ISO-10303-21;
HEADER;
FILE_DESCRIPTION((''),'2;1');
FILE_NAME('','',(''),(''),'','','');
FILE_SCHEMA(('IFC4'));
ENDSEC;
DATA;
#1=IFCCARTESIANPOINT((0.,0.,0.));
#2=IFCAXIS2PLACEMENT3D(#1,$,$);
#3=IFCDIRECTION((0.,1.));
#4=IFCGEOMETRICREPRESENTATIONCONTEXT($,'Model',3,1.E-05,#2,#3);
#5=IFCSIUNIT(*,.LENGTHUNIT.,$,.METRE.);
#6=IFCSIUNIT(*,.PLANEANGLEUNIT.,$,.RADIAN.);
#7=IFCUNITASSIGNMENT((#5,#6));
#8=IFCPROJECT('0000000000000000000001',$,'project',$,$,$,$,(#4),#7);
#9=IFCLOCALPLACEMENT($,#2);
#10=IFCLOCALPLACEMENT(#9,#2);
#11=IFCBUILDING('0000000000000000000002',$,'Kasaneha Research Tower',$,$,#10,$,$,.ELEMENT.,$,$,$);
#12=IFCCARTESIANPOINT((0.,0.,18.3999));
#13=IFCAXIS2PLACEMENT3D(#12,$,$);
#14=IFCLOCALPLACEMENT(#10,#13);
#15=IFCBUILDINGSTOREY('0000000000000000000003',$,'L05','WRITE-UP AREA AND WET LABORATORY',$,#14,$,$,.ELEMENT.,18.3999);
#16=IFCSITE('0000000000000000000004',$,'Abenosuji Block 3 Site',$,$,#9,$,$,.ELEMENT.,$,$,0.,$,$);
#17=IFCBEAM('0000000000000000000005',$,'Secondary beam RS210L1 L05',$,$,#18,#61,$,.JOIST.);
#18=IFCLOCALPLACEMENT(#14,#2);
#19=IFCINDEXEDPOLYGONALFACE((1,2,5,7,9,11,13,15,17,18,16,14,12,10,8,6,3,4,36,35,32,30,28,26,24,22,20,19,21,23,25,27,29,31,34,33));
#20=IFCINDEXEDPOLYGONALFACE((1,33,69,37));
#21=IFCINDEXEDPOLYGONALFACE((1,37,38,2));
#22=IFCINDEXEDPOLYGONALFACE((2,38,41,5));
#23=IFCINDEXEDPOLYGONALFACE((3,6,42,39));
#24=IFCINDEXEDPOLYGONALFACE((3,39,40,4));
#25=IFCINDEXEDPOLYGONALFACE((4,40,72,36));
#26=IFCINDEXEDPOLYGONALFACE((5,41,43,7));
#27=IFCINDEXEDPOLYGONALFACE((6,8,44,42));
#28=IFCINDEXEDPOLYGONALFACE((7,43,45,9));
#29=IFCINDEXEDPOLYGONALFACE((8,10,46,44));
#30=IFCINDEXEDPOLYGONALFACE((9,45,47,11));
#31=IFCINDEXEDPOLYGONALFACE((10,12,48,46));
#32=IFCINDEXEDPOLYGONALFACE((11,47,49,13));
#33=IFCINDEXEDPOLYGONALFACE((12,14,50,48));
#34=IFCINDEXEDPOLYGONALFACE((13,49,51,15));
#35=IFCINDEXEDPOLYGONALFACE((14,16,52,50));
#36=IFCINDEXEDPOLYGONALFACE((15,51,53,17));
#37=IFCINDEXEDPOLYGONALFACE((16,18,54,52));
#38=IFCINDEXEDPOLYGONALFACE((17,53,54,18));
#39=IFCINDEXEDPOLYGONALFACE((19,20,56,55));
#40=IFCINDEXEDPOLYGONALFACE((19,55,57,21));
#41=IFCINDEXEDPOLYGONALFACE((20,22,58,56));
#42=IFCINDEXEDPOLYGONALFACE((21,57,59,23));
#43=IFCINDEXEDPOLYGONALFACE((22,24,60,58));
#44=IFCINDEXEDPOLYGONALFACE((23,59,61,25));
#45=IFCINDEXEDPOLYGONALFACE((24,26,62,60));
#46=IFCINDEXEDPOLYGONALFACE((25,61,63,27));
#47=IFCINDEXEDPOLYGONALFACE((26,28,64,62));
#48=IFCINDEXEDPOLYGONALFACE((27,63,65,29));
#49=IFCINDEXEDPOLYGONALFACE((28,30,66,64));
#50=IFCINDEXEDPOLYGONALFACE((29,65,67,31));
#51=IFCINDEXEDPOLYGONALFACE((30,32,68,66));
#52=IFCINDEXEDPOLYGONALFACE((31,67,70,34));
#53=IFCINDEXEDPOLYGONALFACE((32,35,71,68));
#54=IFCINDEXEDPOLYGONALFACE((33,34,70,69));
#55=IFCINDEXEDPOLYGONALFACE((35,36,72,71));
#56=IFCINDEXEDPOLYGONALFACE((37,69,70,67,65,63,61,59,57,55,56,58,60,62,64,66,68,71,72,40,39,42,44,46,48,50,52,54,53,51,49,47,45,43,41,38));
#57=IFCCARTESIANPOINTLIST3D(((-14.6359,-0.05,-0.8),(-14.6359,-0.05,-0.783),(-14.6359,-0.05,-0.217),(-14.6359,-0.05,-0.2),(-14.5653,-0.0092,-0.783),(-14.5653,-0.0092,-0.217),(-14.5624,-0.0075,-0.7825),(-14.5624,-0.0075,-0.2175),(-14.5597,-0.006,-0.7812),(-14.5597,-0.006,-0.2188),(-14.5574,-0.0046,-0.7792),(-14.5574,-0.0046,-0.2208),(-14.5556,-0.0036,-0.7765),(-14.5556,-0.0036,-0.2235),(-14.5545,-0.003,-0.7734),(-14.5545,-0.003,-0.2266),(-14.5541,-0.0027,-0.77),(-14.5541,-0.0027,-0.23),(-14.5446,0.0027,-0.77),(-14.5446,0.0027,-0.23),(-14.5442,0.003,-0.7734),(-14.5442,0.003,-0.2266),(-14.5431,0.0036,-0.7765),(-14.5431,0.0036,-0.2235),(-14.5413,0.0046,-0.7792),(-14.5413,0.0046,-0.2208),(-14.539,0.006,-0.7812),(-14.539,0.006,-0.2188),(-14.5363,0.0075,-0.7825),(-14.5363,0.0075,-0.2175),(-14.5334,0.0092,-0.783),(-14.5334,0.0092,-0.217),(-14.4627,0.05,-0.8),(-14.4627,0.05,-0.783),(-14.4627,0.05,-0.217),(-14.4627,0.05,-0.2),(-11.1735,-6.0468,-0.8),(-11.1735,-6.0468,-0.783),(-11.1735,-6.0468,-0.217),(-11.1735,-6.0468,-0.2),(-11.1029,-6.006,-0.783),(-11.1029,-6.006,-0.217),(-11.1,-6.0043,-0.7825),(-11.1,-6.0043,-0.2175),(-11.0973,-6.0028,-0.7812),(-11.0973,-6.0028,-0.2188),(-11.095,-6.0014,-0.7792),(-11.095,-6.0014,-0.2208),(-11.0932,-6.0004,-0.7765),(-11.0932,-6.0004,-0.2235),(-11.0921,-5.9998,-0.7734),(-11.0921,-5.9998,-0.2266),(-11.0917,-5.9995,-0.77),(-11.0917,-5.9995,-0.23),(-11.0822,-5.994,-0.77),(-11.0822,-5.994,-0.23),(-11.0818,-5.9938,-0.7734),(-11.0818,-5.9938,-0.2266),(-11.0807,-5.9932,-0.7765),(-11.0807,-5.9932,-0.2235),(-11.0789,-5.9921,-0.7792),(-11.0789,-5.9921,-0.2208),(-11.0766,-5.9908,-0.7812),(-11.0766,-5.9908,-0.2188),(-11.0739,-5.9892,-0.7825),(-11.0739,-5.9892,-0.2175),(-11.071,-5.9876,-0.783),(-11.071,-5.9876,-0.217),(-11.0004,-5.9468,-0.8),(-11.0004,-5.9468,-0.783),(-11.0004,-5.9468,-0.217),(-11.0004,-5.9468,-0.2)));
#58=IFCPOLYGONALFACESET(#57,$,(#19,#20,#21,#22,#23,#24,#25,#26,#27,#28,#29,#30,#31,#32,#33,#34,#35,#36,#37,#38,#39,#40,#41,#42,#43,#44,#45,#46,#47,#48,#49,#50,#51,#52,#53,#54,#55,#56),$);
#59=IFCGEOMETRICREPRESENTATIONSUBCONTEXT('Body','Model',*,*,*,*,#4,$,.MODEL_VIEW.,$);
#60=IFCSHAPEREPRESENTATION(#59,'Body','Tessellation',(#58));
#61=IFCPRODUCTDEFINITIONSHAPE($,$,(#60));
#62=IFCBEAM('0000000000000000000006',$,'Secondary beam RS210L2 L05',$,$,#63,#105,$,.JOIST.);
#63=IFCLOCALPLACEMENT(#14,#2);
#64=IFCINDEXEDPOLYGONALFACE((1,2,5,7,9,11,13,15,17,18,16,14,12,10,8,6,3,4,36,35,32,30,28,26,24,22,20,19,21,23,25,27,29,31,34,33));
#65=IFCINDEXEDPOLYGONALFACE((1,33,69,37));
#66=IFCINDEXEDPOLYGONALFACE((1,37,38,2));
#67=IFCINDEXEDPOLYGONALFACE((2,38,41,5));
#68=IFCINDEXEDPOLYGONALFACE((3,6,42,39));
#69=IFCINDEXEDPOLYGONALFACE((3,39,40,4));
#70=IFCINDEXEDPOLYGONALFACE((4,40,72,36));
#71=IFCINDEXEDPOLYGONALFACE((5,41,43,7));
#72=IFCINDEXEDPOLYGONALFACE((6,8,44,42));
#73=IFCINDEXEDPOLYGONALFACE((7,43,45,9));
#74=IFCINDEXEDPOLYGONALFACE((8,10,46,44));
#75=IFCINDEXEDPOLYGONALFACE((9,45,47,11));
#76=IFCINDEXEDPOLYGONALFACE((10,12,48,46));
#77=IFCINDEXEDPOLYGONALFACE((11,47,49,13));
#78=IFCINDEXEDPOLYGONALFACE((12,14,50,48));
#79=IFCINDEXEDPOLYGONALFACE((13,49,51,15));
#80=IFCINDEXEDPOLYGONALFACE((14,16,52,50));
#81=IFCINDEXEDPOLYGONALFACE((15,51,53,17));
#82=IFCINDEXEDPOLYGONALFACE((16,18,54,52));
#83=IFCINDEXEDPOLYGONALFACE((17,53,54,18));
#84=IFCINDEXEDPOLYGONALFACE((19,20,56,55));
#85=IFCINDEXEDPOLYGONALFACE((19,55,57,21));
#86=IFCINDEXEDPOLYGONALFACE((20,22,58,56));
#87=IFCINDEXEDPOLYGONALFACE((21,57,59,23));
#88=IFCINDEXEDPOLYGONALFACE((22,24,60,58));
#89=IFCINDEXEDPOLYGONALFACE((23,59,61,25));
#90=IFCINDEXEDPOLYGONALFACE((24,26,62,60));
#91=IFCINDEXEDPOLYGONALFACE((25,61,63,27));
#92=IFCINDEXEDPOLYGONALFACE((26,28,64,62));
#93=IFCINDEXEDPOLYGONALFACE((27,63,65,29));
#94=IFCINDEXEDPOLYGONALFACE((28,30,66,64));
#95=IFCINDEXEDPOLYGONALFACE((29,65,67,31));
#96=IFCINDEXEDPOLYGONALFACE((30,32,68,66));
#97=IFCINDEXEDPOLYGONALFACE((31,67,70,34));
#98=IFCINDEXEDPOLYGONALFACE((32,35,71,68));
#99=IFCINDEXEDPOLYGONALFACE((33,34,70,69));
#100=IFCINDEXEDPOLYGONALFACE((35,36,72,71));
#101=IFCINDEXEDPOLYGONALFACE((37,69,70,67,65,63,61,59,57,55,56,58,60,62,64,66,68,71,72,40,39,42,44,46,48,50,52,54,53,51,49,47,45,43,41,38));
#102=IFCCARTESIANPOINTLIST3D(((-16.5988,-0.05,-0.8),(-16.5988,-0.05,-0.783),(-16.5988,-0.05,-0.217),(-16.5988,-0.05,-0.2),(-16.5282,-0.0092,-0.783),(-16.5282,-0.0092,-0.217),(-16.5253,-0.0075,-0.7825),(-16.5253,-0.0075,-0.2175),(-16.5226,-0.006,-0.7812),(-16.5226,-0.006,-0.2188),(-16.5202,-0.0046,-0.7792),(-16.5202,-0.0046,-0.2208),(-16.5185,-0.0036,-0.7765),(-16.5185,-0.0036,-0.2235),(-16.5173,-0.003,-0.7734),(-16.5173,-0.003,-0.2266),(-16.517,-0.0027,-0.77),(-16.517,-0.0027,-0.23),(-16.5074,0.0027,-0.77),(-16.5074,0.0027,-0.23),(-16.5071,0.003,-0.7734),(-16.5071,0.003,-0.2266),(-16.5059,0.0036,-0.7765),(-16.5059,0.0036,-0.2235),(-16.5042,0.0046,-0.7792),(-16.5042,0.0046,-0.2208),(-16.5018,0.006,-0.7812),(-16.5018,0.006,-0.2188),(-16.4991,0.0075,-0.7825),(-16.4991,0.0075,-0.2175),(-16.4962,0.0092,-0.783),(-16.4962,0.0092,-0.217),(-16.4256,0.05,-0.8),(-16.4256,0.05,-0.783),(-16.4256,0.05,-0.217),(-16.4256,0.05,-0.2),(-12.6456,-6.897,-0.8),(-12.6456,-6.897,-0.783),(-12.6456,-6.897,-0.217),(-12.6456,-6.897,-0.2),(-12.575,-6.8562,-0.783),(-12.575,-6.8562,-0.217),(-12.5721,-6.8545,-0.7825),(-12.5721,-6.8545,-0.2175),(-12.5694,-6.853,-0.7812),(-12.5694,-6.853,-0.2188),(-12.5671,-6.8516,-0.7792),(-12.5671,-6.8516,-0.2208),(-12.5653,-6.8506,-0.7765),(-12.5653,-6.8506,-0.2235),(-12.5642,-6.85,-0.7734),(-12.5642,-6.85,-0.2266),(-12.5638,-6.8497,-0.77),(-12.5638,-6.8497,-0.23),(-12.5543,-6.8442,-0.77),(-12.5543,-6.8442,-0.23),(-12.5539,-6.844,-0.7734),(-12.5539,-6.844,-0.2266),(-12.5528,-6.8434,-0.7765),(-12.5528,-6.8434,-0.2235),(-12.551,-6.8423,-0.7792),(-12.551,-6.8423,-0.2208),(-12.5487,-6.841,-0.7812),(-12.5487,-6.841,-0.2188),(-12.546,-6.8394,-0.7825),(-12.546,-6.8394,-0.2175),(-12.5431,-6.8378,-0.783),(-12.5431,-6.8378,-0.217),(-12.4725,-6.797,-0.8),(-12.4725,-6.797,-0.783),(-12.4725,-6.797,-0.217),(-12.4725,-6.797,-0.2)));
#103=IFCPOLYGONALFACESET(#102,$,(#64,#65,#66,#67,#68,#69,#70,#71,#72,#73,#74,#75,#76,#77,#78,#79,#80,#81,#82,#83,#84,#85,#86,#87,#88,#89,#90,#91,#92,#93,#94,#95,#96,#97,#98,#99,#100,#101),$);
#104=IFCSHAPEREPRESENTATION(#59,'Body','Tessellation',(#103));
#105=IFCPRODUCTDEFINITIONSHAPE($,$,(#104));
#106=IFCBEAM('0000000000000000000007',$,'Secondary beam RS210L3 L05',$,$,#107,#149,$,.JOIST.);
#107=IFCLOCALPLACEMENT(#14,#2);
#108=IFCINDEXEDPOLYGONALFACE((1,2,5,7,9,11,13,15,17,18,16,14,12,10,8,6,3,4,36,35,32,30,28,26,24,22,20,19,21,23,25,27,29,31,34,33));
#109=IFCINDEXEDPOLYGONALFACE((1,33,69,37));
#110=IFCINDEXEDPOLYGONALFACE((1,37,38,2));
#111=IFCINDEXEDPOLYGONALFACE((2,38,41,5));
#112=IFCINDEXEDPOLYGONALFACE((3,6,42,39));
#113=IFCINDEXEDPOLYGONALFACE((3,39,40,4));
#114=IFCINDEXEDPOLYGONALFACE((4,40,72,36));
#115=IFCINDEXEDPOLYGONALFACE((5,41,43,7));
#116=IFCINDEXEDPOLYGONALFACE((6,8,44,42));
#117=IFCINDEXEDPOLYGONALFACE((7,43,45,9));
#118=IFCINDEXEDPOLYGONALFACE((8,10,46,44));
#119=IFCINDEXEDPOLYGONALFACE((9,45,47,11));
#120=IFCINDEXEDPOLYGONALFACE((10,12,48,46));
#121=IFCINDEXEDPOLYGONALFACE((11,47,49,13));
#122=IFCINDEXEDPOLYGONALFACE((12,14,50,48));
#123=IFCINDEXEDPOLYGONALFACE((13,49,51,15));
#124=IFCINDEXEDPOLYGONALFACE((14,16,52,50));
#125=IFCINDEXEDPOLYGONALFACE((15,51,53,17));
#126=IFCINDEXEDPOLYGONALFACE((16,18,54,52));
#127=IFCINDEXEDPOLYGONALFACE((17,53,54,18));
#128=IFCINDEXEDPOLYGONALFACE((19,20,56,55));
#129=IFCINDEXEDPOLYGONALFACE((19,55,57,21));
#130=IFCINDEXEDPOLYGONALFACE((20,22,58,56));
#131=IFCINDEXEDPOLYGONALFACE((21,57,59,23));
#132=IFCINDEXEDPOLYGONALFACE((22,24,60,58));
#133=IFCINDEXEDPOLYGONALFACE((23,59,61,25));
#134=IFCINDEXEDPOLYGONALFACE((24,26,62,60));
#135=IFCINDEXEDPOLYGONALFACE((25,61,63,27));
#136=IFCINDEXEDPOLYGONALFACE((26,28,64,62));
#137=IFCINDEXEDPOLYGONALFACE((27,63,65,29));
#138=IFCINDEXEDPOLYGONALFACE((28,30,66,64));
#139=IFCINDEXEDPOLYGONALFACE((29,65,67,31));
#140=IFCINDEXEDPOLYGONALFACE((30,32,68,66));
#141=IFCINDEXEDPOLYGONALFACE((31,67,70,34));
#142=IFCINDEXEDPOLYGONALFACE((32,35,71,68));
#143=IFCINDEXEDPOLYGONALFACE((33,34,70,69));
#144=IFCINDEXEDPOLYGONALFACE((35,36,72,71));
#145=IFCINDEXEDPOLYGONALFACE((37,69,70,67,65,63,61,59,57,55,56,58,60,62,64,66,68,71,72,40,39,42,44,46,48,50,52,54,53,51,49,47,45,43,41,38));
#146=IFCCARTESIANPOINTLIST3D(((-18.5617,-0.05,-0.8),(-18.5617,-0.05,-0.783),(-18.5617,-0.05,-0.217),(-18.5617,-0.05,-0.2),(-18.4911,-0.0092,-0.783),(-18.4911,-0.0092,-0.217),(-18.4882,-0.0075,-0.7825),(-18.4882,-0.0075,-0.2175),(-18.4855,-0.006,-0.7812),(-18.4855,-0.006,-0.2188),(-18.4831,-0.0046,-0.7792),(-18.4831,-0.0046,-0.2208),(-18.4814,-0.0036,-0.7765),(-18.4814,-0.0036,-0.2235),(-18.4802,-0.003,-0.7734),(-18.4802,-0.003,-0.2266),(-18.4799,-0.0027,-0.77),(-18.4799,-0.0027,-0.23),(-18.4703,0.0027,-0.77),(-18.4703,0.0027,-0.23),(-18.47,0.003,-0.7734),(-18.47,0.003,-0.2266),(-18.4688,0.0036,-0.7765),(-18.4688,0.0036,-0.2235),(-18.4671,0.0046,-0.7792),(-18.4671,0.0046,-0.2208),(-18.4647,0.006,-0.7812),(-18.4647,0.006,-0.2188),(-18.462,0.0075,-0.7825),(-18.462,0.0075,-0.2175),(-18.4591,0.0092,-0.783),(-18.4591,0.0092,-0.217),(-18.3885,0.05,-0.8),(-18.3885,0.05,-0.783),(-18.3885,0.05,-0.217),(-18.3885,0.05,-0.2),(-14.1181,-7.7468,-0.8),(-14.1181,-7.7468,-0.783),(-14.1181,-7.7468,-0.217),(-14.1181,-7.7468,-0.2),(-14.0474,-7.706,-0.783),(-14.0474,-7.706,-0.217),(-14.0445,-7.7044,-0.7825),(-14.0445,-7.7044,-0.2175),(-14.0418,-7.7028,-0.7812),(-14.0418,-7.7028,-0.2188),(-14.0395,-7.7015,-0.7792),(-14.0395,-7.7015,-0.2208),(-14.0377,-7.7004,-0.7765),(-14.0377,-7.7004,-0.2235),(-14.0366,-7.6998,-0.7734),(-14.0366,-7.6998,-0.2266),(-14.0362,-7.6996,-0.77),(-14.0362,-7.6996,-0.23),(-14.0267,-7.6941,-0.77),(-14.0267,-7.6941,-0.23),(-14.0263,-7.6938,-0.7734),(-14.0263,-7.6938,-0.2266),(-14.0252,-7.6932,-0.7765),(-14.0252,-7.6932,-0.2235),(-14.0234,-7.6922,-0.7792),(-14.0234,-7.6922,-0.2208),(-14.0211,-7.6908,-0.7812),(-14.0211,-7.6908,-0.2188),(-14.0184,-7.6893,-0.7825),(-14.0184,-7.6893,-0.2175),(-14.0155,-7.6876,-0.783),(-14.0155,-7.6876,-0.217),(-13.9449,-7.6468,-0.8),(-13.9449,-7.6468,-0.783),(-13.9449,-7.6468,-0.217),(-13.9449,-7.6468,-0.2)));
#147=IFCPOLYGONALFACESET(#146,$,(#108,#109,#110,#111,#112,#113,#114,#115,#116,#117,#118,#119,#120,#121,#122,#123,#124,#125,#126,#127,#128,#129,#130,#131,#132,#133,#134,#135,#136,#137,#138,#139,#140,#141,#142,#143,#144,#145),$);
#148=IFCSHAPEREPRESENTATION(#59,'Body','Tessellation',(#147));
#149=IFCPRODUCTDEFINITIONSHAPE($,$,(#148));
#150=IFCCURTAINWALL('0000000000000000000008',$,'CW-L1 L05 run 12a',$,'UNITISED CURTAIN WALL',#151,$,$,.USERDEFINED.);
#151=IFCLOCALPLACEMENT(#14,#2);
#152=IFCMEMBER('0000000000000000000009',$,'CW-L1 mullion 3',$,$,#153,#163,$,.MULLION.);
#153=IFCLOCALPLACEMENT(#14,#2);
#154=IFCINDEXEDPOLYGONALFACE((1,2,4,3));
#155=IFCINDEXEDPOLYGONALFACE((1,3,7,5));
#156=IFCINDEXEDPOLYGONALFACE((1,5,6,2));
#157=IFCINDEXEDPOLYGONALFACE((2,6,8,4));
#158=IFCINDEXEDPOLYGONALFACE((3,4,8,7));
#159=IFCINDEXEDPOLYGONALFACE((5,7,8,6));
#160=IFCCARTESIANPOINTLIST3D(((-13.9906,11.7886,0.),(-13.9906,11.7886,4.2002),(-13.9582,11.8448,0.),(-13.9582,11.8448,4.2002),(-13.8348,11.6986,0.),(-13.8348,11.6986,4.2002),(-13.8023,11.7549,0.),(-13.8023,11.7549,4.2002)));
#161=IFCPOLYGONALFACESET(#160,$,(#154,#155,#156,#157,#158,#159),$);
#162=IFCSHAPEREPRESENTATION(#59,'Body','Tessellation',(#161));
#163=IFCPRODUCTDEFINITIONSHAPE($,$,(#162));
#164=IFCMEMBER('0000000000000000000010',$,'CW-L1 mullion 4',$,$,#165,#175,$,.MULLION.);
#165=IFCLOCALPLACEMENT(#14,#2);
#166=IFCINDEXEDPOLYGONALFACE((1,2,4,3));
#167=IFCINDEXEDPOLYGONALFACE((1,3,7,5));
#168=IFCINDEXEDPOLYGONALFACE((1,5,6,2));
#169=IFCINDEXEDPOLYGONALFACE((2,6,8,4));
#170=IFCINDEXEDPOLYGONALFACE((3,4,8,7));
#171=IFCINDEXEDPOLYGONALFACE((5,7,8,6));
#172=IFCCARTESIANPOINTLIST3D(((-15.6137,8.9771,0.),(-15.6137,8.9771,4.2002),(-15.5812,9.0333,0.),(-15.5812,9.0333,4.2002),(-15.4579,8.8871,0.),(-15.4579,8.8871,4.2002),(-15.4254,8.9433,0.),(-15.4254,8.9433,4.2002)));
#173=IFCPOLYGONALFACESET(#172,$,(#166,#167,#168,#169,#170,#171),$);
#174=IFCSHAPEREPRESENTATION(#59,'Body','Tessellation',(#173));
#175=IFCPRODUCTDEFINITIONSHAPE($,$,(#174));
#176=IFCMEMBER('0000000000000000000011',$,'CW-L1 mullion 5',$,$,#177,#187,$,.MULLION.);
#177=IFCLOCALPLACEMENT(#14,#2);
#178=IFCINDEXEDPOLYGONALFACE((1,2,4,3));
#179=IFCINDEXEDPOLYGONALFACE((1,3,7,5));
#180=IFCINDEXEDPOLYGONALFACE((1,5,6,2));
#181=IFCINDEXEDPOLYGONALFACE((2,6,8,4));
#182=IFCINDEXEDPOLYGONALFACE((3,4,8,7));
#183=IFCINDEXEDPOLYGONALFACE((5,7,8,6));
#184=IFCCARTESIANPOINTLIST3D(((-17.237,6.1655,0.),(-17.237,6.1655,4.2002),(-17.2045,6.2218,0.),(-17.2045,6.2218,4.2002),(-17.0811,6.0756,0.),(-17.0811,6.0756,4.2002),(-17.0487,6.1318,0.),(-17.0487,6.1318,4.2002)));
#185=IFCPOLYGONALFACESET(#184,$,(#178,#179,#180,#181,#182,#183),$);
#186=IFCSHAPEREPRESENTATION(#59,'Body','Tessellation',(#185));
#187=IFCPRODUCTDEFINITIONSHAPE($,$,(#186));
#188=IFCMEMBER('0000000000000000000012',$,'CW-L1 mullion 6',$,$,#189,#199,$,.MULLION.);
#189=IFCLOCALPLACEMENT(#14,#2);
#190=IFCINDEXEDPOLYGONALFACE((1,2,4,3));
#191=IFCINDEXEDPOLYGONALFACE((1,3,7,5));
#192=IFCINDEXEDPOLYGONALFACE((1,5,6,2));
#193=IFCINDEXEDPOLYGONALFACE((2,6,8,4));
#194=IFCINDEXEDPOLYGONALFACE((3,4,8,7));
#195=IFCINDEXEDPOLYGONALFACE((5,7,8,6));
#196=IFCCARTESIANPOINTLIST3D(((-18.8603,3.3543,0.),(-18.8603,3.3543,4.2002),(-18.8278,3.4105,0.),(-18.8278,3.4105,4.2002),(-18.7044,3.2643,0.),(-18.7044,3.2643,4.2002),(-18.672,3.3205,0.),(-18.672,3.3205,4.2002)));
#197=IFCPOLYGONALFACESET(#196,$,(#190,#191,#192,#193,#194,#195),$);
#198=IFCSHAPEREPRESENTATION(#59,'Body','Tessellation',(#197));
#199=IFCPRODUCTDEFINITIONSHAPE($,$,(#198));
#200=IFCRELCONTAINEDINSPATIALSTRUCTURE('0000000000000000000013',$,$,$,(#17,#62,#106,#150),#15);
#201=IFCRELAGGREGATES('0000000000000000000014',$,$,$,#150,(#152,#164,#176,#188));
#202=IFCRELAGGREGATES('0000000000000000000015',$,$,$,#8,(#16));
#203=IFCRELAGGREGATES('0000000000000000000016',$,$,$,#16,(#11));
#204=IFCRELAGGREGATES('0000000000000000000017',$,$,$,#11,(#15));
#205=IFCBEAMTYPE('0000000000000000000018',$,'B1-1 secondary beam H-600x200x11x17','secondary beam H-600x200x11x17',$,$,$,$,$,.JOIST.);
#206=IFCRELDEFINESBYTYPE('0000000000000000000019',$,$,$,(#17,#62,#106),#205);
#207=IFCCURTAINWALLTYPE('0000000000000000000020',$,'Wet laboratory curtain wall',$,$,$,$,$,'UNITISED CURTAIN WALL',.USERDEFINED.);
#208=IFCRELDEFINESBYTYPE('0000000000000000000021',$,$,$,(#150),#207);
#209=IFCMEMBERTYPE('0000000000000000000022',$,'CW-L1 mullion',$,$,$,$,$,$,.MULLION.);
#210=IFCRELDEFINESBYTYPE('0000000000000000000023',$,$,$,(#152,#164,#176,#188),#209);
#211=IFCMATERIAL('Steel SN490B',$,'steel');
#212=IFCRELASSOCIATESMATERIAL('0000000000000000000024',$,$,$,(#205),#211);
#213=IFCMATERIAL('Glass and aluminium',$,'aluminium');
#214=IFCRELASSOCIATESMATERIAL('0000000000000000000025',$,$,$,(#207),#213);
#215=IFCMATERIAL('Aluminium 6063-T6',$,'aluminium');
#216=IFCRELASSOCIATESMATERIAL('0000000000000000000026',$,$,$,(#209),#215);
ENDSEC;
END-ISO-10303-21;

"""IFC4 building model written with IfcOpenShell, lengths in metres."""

from ifc_helpers import new_model, si_unit, direction, frame, origin, origin_2d, place, context, subcontext, project, spatial, rectangle, i_section, extrude, material, material_profile, profile_set, type_object, element, aggregate, save


model = new_model("IFC4")

# Units and contexts
model_context = context("Model", 3, precision=1e-05, world=origin(), true_north=direction((0.0, 1.0)))
body_context = subcontext(model_context, "Body", "Model", "MODEL_VIEW")
ifc_project = project(units=[si_unit("LENGTHUNIT", "METRE"), si_unit("PLANEANGLEUNIT", "RADIAN")], contexts=[model_context])

# Site, building, storey
site_placement = place(None, origin())
site = spatial("IfcSite", under=ifc_project, at=site_placement, Name="Abenosuji Block 3 Site", CompositionType="ELEMENT", RefElevation=0.0)
building_placement = place(site_placement, origin())
building = spatial("IfcBuilding", under=site, at=building_placement, Name="Kasaneha Research Tower", CompositionType="ELEMENT")
storey_placement = place(building_placement, frame((0.0, 0.0, 18.3999)))
storey = spatial("IfcBuildingStorey", under=building, at=storey_placement, Name="L05", Description="WRITE-UP AREA AND WET LABORATORY", CompositionType="ELEMENT", Elevation=18.3999)

# Beams
ifc_material_1 = material(Name="Steel SN490B", Category="steel")
ifc_material_profile_1 = material_profile(ifc_material_1, i_section(OverallWidth=0.2, OverallDepth=0.6001, WebThickness=0.011, FlangeThickness=0.0171, FilletRadius=0.0129, at=origin_2d()), Name="H-600x200x11x17")
ifc_profile_set_1 = profile_set([ifc_material_profile_1], Name="Steel SN490B")
beam_type_1 = type_object("IfcBeamType", Name="B1-1 secondary beam H-600x200x11x17", Description="secondary beam H-600x200x11x17", PredefinedType="JOIST", material=ifc_profile_set_1)
beam_1_placement = place(storey_placement, frame((-14.5493, 0.0, -0.5), z_axis=(0.500014, -0.866017, 0.0), x_axis=(0.866017, 0.500014, 0.0)))
element("IfcBeam", 1, at=beam_1_placement, inside=storey, type_object=beam_type_1, Name="Secondary beam RS210L1 L05", PredefinedType="JOIST", context=body_context, shape_type="SweptSolid", body=[
    extrude(i_section(OverallWidth=0.2, OverallDepth=0.6001, WebThickness=0.011, FlangeThickness=0.0171, FilletRadius=0.0129, at=origin_2d()), origin(), (0.0, 0.0, 1.0), 6.9246),
])
beam_2_placement = place(storey_placement, frame((-16.5122, 0.0, -0.5), z_axis=(0.500005, -0.866023, 0.0), x_axis=(0.866023, 0.500005, 0.0)))
element("IfcBeam", 2, at=beam_2_placement, inside=storey, type_object=beam_type_1, Name="Secondary beam RS210L2 L05", PredefinedType="JOIST", context=body_context, shape_type="SweptSolid", body=[
    extrude(i_section(OverallWidth=0.2, OverallDepth=0.6001, WebThickness=0.011, FlangeThickness=0.0171, FilletRadius=0.0129, at=origin_2d()), origin(), (0.0, 0.0, 1.0), 7.9062),
])
beam_3_placement = place(storey_placement, frame((-18.4751, 0.0, -0.5), z_axis=(0.499989, -0.866032, 0.0), x_axis=(0.866032, 0.499989, 0.0)))
element("IfcBeam", 3, at=beam_3_placement, inside=storey, type_object=beam_type_1, Name="Secondary beam RS210L3 L05", PredefinedType="JOIST", context=body_context, shape_type="SweptSolid", body=[
    extrude(i_section(OverallWidth=0.2, OverallDepth=0.6001, WebThickness=0.011, FlangeThickness=0.0171, FilletRadius=0.0129, at=origin_2d()), origin(), (0.0, 0.0, 1.0), 8.8875),
])

# Curtain wall, members
ifc_material_2 = material(Name="Glass and aluminium", Category="aluminium")
curtain_wall_type = type_object("IfcCurtainWallType", Name="Wet laboratory curtain wall", ElementType="UNITISED CURTAIN WALL", PredefinedType="USERDEFINED", material=ifc_material_2)
curtain_wall_1_placement = place(storey_placement, origin())
curtain_wall_1 = element("IfcCurtainWall", 4, at=curtain_wall_1_placement, inside=storey, type_object=curtain_wall_type, Name="CW-L1 L05 run 12a", ObjectType="UNITISED CURTAIN WALL", PredefinedType="USERDEFINED")
ifc_material_3 = material(Name="Aluminium 6063-T6", Category="aluminium")
ifc_material_profile_2 = material_profile(ifc_material_3, rectangle(XDim=0.0649, YDim=0.1799, at=origin_2d()), Name="CW-L1 mullion 65x180")
ifc_profile_set_2 = profile_set([ifc_material_profile_2], Name="Aluminium 6063-T6")
member_type_1 = type_object("IfcMemberType", Name="CW-L1 mullion", PredefinedType="MULLION", material=ifc_profile_set_2)
member_1_placement = place(storey_placement, frame((-13.8965, 11.7717, 0.0), z_axis=(0.0, 0.0, 1.0), x_axis=(-0.5, -0.866025, 0.0)))
member_1 = element("IfcMember", 5, at=member_1_placement, type_object=member_type_1, Name="CW-L1 mullion 3", PredefinedType="MULLION", context=body_context, shape_type="SweptSolid", body=[
    extrude(rectangle(XDim=0.0649, YDim=0.1799, at=origin_2d()), origin(), (0.0, 0.0, 1.0), 4.2002),
])
member_2_placement = place(storey_placement, frame((-15.5195, 8.9602, 0.0), z_axis=(0.0, 0.0, 1.0), x_axis=(-0.5, -0.866025, 0.0)))
member_2 = element("IfcMember", 6, at=member_2_placement, type_object=member_type_1, Name="CW-L1 mullion 4", PredefinedType="MULLION", context=body_context, shape_type="SweptSolid", body=[
    extrude(rectangle(XDim=0.0649, YDim=0.1799, at=origin_2d()), origin(), (0.0, 0.0, 1.0), 4.2002),
])
member_3_placement = place(storey_placement, frame((-17.1428, 6.1487, 0.0), z_axis=(0.0, 0.0, 1.0), x_axis=(-0.5, -0.866025, 0.0)))
member_3 = element("IfcMember", 7, at=member_3_placement, type_object=member_type_1, Name="CW-L1 mullion 5", PredefinedType="MULLION", context=body_context, shape_type="SweptSolid", body=[
    extrude(rectangle(XDim=0.0649, YDim=0.1799, at=origin_2d()), origin(), (0.0, 0.0, 1.0), 4.2002),
])
member_4_placement = place(storey_placement, frame((-18.7661, 3.3374, 0.0), z_axis=(0.0, 0.0, 1.0), x_axis=(-0.5, -0.866025, 0.0)))
member_4 = element("IfcMember", 8, at=member_4_placement, type_object=member_type_1, Name="CW-L1 mullion 6", PredefinedType="MULLION", context=body_context, shape_type="SweptSolid", body=[
    extrude(rectangle(XDim=0.0649, YDim=0.1799, at=origin_2d()), origin(), (0.0, 0.0, 1.0), 4.2002),
])

aggregate(curtain_wall_1, [member_1, member_2, member_3, member_4])

save(model, "model.ifc")
